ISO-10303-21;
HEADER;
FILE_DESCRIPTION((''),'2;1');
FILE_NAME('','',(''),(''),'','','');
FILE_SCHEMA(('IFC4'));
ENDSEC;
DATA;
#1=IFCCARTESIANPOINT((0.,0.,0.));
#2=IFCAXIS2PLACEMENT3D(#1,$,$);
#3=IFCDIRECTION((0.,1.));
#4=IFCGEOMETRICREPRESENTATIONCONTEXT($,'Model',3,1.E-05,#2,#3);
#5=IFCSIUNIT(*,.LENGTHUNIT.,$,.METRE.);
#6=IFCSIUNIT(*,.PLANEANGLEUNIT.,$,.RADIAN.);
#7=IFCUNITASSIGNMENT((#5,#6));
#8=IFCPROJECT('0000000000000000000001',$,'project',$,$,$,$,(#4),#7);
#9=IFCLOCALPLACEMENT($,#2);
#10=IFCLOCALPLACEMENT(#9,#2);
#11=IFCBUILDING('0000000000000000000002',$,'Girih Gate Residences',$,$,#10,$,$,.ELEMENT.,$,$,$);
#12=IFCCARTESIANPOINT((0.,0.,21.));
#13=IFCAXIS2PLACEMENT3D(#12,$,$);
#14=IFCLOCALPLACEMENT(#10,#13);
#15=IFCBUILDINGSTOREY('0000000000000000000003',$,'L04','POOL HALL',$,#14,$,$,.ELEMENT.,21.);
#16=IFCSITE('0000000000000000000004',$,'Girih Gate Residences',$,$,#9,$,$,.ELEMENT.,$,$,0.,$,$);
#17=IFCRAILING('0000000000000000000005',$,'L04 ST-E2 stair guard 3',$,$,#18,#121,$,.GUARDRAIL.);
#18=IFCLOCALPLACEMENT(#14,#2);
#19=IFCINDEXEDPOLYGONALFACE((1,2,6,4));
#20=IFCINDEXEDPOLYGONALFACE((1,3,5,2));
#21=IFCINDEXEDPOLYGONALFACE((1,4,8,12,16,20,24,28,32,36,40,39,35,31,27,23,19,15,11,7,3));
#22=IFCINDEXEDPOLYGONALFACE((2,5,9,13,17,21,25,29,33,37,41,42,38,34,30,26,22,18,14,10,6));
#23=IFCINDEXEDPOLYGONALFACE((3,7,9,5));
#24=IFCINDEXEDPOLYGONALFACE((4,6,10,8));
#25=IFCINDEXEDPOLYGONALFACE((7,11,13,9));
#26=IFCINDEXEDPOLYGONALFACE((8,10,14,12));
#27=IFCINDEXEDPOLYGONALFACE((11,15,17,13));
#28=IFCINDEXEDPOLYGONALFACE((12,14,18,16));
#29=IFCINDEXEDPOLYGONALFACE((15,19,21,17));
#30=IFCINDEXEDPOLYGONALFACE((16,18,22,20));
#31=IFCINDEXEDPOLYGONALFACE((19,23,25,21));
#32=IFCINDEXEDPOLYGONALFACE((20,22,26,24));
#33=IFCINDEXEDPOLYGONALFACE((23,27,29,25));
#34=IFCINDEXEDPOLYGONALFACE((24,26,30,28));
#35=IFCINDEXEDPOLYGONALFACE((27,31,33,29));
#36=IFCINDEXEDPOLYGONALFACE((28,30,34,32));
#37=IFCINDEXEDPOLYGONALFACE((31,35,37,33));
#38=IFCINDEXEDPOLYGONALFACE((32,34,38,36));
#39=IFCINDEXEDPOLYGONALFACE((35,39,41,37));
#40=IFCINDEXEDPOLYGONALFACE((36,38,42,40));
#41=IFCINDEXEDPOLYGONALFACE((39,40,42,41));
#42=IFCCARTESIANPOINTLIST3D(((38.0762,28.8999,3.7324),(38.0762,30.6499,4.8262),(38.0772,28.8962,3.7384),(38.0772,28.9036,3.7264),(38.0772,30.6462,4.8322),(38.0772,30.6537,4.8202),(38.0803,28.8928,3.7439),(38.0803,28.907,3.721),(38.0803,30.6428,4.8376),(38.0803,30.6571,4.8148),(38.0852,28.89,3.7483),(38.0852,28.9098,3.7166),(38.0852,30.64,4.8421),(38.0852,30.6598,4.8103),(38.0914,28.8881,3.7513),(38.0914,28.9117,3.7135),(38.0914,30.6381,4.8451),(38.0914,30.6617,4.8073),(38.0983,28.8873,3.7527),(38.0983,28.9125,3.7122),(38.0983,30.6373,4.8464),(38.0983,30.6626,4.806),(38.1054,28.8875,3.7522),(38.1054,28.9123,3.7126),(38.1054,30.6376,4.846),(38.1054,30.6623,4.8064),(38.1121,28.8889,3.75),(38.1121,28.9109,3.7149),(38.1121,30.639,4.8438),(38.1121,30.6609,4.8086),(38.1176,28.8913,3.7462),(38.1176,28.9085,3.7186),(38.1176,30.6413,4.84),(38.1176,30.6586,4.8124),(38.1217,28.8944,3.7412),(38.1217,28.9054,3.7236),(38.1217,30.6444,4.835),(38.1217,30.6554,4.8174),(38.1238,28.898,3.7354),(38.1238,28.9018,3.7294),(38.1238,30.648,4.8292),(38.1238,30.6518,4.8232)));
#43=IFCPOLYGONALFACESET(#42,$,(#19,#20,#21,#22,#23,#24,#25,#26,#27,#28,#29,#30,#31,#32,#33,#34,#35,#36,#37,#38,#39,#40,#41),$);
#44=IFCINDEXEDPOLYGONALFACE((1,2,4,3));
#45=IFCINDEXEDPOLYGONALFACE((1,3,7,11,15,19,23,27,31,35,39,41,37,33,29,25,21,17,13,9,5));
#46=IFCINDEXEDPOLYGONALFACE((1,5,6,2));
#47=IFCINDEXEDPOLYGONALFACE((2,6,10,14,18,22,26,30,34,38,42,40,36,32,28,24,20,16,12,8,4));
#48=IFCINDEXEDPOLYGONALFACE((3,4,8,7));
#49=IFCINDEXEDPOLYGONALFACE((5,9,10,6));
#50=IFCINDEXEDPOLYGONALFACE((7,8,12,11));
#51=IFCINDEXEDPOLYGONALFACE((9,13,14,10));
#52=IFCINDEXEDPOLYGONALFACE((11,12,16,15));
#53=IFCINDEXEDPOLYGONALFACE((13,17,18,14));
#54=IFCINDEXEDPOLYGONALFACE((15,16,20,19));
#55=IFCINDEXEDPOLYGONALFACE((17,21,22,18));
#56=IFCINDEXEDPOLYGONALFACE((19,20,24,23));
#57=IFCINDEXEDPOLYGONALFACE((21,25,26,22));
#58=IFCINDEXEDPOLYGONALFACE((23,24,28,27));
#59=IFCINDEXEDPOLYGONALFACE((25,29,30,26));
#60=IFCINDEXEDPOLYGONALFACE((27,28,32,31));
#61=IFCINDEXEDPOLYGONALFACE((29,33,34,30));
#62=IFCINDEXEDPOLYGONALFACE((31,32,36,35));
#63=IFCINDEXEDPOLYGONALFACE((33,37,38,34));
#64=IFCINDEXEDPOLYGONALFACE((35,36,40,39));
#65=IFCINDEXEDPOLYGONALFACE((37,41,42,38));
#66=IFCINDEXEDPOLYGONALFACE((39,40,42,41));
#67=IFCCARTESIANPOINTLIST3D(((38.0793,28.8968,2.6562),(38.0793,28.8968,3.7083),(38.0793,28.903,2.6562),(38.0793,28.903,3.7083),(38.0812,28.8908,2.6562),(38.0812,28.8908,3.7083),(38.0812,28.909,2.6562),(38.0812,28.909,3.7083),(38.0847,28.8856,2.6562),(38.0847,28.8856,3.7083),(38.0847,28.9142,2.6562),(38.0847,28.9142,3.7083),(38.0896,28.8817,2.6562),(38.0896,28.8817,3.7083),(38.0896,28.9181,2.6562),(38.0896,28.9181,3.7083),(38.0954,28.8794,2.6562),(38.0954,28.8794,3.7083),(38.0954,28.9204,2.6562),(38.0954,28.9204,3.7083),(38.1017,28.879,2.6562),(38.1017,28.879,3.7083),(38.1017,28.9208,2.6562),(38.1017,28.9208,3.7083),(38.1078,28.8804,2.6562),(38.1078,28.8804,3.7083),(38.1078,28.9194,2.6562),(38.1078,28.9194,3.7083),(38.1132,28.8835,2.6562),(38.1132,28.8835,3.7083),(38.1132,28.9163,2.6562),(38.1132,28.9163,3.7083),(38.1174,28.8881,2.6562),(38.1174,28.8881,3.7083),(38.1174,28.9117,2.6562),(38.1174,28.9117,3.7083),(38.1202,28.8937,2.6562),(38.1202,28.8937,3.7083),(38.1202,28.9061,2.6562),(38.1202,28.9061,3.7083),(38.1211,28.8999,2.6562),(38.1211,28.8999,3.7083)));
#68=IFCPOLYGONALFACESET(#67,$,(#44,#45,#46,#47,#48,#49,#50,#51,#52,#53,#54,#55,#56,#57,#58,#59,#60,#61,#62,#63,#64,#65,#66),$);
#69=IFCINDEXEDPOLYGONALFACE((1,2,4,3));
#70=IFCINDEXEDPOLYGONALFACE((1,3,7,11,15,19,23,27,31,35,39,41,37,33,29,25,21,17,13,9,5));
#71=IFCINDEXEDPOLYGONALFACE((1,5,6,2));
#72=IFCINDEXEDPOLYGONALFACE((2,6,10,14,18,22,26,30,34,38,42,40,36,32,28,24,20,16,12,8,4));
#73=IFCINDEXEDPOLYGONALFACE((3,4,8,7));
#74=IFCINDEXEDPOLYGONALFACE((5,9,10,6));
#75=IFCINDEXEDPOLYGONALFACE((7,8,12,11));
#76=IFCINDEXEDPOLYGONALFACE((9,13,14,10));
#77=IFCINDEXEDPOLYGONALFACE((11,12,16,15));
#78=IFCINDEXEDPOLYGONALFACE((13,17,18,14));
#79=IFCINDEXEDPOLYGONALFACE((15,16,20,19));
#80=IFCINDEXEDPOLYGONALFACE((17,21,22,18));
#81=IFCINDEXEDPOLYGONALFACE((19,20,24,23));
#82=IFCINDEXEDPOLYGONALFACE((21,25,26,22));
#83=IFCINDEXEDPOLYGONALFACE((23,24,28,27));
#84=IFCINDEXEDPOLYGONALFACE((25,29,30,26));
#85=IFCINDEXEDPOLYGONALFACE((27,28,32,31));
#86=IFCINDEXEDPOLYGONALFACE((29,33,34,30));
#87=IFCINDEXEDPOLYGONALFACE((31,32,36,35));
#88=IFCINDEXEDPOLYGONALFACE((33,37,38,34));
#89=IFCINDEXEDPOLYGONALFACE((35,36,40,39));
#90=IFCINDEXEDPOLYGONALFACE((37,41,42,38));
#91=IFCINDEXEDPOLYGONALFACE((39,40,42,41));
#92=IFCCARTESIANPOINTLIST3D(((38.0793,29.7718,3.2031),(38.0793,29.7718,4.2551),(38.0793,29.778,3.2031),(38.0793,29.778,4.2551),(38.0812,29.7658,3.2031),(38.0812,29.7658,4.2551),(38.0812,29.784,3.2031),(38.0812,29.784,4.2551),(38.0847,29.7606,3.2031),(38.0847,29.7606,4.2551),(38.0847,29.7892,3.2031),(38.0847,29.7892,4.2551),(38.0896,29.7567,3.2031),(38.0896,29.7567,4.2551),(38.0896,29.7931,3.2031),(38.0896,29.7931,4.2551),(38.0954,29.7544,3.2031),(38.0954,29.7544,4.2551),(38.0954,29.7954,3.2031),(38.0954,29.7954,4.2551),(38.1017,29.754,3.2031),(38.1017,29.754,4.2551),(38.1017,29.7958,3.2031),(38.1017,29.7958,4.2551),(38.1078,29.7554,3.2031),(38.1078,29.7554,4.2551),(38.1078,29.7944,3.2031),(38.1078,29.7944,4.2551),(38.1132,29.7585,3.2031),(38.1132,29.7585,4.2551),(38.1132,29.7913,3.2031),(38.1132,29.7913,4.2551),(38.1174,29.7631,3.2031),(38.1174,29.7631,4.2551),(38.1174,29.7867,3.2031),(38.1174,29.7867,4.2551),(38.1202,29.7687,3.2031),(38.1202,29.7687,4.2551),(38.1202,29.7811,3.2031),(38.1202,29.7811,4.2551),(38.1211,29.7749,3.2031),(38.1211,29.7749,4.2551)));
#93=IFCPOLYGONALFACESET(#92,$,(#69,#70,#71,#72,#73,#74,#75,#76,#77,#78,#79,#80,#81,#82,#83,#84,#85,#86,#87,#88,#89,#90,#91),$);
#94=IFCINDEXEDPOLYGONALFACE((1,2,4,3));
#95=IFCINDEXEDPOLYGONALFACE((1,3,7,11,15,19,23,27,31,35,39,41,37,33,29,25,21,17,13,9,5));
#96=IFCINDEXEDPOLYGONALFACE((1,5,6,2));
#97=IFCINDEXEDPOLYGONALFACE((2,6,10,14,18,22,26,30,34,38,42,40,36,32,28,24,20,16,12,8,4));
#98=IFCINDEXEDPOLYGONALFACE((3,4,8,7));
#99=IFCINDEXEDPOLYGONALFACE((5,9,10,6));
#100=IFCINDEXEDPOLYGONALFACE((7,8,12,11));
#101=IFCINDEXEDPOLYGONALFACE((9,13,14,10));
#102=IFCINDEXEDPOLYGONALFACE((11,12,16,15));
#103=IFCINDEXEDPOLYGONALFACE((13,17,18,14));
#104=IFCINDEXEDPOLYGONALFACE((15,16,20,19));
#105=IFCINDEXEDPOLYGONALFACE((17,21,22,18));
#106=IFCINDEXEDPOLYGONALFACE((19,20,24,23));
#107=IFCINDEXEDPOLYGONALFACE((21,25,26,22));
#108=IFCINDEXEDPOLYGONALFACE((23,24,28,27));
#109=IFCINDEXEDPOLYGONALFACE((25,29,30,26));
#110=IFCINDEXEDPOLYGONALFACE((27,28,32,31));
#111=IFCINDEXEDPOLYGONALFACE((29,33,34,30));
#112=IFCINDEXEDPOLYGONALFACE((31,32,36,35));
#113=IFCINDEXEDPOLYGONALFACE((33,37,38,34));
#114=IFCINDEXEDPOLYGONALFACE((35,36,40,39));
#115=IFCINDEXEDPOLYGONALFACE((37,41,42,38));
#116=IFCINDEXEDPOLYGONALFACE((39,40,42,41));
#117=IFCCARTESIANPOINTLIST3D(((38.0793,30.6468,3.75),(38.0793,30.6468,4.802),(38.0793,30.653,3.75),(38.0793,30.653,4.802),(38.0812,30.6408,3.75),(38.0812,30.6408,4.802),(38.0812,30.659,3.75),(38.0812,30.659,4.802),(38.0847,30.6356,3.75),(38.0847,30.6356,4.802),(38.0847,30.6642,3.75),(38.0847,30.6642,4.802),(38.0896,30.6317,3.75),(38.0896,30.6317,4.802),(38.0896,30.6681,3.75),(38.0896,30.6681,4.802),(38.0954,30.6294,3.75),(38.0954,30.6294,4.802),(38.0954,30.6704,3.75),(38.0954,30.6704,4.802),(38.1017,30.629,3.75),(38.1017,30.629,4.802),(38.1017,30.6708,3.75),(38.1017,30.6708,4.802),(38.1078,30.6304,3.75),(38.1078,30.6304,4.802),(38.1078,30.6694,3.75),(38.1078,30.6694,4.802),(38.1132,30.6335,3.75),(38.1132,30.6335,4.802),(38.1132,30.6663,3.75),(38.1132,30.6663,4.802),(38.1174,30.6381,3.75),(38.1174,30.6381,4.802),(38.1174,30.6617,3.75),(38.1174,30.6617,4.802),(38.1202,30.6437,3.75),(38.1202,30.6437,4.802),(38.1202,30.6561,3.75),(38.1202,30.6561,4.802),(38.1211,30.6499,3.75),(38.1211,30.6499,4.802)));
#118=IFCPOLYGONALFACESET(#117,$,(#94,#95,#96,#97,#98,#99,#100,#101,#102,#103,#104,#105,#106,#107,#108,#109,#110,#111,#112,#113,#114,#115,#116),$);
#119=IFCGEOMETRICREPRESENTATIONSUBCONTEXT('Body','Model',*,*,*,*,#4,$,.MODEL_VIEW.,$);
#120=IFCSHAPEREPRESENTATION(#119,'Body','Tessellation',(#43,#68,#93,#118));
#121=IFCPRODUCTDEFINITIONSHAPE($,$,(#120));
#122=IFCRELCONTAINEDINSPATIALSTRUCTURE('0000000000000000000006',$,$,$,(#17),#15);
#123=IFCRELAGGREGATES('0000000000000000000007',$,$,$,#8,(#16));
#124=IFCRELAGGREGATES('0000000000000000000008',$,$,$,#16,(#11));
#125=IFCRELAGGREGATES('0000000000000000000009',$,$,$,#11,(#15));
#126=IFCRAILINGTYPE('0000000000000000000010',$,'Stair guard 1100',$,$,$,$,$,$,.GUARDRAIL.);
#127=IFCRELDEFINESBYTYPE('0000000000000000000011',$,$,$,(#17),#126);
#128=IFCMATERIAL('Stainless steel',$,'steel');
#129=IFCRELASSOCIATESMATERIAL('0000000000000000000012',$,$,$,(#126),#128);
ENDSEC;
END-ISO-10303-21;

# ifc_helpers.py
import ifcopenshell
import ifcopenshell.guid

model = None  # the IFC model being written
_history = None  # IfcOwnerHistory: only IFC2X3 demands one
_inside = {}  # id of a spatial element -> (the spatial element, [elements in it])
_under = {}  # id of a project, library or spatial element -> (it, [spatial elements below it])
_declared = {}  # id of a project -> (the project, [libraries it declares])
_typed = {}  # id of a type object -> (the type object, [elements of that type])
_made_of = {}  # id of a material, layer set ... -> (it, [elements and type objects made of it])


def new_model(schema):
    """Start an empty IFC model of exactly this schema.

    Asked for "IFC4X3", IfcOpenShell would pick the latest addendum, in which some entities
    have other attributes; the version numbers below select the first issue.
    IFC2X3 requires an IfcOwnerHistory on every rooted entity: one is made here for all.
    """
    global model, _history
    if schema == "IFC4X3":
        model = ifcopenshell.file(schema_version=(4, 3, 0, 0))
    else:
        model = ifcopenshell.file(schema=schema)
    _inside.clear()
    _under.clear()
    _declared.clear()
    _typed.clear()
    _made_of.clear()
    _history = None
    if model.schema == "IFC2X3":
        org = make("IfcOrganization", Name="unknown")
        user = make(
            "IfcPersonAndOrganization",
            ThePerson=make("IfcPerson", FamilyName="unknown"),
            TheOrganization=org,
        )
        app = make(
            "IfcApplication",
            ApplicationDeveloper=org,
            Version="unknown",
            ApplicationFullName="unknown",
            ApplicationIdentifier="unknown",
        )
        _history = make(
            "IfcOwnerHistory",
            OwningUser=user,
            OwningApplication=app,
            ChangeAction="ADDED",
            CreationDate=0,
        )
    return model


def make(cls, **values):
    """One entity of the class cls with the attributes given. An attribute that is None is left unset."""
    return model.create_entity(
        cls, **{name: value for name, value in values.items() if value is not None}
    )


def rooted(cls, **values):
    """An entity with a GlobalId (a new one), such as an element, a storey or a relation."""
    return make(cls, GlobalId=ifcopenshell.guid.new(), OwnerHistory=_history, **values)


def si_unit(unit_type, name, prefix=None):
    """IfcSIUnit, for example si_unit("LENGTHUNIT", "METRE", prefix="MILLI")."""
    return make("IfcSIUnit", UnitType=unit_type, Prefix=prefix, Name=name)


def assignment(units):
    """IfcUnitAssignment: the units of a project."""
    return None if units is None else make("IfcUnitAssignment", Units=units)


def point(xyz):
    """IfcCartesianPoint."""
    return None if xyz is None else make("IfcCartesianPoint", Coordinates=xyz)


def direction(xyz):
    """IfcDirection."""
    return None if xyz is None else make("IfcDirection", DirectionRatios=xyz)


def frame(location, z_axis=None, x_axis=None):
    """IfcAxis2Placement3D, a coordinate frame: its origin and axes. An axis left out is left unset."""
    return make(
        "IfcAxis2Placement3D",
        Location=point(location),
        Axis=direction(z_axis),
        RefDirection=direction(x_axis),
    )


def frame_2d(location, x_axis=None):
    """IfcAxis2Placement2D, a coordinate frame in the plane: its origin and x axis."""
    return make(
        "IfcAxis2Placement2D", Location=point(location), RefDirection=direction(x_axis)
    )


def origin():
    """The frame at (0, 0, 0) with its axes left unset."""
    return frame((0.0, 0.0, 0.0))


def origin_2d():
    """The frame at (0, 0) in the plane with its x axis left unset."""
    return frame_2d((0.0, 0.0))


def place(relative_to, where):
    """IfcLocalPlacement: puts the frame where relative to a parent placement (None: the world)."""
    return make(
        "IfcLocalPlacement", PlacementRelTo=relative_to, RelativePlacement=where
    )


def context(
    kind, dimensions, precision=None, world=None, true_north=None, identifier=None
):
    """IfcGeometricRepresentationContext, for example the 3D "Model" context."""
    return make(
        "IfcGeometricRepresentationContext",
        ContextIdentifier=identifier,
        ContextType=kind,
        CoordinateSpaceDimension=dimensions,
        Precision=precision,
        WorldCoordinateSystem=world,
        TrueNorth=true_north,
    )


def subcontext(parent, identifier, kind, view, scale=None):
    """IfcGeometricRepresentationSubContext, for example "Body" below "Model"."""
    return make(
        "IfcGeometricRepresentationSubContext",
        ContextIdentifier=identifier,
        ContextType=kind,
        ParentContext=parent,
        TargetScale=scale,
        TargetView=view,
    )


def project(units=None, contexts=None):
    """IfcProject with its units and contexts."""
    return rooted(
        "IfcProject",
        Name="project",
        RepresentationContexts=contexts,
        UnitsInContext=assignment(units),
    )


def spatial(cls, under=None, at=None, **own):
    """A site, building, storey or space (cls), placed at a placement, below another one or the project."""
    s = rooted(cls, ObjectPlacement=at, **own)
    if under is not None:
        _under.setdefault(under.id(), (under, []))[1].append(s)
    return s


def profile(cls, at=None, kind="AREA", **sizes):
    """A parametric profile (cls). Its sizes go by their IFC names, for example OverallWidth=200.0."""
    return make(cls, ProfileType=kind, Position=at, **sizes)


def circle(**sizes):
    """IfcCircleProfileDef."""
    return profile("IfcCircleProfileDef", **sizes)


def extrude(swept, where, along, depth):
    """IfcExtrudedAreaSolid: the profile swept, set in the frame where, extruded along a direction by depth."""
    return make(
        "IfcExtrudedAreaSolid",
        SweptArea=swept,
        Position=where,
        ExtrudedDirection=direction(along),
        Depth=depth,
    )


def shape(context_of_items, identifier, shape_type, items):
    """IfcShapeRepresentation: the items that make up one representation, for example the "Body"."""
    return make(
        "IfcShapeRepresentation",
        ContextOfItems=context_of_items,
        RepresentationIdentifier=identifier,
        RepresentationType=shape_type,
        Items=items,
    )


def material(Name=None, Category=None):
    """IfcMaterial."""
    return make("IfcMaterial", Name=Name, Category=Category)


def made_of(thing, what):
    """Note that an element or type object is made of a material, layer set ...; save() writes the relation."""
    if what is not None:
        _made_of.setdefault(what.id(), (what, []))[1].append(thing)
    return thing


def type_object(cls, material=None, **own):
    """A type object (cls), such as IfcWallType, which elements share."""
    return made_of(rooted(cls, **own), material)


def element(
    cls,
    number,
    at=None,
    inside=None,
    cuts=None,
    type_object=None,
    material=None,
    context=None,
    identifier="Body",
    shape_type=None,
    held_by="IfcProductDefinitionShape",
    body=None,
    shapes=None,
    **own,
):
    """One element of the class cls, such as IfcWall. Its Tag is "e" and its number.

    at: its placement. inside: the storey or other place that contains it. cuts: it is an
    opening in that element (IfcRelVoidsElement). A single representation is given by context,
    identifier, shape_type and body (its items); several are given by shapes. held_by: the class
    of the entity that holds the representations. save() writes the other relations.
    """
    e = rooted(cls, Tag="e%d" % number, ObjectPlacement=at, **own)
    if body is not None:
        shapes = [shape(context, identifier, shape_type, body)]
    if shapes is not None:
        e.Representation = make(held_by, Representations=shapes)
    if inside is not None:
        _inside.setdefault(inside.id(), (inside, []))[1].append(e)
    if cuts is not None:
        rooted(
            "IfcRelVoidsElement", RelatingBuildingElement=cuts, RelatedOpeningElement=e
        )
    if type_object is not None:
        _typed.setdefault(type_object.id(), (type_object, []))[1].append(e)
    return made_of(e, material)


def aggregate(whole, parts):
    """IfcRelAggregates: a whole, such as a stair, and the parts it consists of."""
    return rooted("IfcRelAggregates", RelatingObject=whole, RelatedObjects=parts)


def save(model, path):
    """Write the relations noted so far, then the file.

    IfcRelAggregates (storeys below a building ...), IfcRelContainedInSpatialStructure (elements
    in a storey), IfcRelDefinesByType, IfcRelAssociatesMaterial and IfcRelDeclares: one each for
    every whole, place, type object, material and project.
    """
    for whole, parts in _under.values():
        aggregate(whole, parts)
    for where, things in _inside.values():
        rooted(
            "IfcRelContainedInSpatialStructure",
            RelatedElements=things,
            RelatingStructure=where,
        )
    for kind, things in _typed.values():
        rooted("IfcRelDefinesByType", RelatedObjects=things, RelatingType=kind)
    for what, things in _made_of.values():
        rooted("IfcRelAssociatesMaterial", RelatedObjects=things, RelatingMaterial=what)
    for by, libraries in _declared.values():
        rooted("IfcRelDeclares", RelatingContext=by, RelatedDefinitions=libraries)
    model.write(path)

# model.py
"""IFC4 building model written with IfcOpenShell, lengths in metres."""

from ifc_helpers import new_model, si_unit, direction, frame, origin, origin_2d, place, context, subcontext, project, spatial, circle, extrude, material, type_object, element, save


model = new_model("IFC4")

# Units and contexts
model_context = context("Model", 3, precision=1e-05, world=origin(), true_north=direction((0.0, 1.0)))
body_context = subcontext(model_context, "Body", "Model", "MODEL_VIEW")
ifc_project = project(units=[si_unit("LENGTHUNIT", "METRE"), si_unit("PLANEANGLEUNIT", "RADIAN")], contexts=[model_context])

# Site, building, storey
site_placement = place(None, origin())
site = spatial("IfcSite", under=ifc_project, at=site_placement, Name="Girih Gate Residences", CompositionType="ELEMENT", RefElevation=0.0)
building_placement = place(site_placement, origin())
building = spatial("IfcBuilding", under=site, at=building_placement, Name="Girih Gate Residences", CompositionType="ELEMENT")
storey_placement = place(building_placement, frame((0.0, 0.0, 21.0)))
storey = spatial("IfcBuildingStorey", under=building, at=storey_placement, Name="L04", Description="POOL HALL", CompositionType="ELEMENT", Elevation=21.0)

# Railing
ifc_material_1 = material(Name="Stainless steel", Category="steel")
railing_type_1 = type_object("IfcRailingType", Name="Stair guard 1100", PredefinedType="GUARDRAIL", material=ifc_material_1)
railing_1_placement = place(storey_placement, frame((38.1001, 28.8999, 2.6562)))
element("IfcRailing", 1, at=railing_1_placement, inside=storey, type_object=railing_type_1, Name="L04 ST-E2 stair guard 3", PredefinedType="GUARDRAIL", context=body_context, shape_type="SweptSolid", body=[
    extrude(circle(Radius=0.0239, at=origin_2d()), frame((0.0, 0.0, 1.0762), z_axis=(0.0, 0.847998, 0.529999), x_axis=(-1.0, 0.0, 0.0)), (0.0, 0.0, 1.0), 2.0637),
    extrude(circle(Radius=0.021, at=origin_2d()), origin(), (0.0, 0.0, 1.0), 1.052),
    extrude(circle(Radius=0.021, at=origin_2d()), frame((0.0, 0.875, 0.5469)), (0.0, 0.0, 1.0), 1.052),
    extrude(circle(Radius=0.021, at=origin_2d()), frame((0.0, 1.75, 1.0938)), (0.0, 0.0, 1.0), 1.052),
])

save(model, "model.ifc")
